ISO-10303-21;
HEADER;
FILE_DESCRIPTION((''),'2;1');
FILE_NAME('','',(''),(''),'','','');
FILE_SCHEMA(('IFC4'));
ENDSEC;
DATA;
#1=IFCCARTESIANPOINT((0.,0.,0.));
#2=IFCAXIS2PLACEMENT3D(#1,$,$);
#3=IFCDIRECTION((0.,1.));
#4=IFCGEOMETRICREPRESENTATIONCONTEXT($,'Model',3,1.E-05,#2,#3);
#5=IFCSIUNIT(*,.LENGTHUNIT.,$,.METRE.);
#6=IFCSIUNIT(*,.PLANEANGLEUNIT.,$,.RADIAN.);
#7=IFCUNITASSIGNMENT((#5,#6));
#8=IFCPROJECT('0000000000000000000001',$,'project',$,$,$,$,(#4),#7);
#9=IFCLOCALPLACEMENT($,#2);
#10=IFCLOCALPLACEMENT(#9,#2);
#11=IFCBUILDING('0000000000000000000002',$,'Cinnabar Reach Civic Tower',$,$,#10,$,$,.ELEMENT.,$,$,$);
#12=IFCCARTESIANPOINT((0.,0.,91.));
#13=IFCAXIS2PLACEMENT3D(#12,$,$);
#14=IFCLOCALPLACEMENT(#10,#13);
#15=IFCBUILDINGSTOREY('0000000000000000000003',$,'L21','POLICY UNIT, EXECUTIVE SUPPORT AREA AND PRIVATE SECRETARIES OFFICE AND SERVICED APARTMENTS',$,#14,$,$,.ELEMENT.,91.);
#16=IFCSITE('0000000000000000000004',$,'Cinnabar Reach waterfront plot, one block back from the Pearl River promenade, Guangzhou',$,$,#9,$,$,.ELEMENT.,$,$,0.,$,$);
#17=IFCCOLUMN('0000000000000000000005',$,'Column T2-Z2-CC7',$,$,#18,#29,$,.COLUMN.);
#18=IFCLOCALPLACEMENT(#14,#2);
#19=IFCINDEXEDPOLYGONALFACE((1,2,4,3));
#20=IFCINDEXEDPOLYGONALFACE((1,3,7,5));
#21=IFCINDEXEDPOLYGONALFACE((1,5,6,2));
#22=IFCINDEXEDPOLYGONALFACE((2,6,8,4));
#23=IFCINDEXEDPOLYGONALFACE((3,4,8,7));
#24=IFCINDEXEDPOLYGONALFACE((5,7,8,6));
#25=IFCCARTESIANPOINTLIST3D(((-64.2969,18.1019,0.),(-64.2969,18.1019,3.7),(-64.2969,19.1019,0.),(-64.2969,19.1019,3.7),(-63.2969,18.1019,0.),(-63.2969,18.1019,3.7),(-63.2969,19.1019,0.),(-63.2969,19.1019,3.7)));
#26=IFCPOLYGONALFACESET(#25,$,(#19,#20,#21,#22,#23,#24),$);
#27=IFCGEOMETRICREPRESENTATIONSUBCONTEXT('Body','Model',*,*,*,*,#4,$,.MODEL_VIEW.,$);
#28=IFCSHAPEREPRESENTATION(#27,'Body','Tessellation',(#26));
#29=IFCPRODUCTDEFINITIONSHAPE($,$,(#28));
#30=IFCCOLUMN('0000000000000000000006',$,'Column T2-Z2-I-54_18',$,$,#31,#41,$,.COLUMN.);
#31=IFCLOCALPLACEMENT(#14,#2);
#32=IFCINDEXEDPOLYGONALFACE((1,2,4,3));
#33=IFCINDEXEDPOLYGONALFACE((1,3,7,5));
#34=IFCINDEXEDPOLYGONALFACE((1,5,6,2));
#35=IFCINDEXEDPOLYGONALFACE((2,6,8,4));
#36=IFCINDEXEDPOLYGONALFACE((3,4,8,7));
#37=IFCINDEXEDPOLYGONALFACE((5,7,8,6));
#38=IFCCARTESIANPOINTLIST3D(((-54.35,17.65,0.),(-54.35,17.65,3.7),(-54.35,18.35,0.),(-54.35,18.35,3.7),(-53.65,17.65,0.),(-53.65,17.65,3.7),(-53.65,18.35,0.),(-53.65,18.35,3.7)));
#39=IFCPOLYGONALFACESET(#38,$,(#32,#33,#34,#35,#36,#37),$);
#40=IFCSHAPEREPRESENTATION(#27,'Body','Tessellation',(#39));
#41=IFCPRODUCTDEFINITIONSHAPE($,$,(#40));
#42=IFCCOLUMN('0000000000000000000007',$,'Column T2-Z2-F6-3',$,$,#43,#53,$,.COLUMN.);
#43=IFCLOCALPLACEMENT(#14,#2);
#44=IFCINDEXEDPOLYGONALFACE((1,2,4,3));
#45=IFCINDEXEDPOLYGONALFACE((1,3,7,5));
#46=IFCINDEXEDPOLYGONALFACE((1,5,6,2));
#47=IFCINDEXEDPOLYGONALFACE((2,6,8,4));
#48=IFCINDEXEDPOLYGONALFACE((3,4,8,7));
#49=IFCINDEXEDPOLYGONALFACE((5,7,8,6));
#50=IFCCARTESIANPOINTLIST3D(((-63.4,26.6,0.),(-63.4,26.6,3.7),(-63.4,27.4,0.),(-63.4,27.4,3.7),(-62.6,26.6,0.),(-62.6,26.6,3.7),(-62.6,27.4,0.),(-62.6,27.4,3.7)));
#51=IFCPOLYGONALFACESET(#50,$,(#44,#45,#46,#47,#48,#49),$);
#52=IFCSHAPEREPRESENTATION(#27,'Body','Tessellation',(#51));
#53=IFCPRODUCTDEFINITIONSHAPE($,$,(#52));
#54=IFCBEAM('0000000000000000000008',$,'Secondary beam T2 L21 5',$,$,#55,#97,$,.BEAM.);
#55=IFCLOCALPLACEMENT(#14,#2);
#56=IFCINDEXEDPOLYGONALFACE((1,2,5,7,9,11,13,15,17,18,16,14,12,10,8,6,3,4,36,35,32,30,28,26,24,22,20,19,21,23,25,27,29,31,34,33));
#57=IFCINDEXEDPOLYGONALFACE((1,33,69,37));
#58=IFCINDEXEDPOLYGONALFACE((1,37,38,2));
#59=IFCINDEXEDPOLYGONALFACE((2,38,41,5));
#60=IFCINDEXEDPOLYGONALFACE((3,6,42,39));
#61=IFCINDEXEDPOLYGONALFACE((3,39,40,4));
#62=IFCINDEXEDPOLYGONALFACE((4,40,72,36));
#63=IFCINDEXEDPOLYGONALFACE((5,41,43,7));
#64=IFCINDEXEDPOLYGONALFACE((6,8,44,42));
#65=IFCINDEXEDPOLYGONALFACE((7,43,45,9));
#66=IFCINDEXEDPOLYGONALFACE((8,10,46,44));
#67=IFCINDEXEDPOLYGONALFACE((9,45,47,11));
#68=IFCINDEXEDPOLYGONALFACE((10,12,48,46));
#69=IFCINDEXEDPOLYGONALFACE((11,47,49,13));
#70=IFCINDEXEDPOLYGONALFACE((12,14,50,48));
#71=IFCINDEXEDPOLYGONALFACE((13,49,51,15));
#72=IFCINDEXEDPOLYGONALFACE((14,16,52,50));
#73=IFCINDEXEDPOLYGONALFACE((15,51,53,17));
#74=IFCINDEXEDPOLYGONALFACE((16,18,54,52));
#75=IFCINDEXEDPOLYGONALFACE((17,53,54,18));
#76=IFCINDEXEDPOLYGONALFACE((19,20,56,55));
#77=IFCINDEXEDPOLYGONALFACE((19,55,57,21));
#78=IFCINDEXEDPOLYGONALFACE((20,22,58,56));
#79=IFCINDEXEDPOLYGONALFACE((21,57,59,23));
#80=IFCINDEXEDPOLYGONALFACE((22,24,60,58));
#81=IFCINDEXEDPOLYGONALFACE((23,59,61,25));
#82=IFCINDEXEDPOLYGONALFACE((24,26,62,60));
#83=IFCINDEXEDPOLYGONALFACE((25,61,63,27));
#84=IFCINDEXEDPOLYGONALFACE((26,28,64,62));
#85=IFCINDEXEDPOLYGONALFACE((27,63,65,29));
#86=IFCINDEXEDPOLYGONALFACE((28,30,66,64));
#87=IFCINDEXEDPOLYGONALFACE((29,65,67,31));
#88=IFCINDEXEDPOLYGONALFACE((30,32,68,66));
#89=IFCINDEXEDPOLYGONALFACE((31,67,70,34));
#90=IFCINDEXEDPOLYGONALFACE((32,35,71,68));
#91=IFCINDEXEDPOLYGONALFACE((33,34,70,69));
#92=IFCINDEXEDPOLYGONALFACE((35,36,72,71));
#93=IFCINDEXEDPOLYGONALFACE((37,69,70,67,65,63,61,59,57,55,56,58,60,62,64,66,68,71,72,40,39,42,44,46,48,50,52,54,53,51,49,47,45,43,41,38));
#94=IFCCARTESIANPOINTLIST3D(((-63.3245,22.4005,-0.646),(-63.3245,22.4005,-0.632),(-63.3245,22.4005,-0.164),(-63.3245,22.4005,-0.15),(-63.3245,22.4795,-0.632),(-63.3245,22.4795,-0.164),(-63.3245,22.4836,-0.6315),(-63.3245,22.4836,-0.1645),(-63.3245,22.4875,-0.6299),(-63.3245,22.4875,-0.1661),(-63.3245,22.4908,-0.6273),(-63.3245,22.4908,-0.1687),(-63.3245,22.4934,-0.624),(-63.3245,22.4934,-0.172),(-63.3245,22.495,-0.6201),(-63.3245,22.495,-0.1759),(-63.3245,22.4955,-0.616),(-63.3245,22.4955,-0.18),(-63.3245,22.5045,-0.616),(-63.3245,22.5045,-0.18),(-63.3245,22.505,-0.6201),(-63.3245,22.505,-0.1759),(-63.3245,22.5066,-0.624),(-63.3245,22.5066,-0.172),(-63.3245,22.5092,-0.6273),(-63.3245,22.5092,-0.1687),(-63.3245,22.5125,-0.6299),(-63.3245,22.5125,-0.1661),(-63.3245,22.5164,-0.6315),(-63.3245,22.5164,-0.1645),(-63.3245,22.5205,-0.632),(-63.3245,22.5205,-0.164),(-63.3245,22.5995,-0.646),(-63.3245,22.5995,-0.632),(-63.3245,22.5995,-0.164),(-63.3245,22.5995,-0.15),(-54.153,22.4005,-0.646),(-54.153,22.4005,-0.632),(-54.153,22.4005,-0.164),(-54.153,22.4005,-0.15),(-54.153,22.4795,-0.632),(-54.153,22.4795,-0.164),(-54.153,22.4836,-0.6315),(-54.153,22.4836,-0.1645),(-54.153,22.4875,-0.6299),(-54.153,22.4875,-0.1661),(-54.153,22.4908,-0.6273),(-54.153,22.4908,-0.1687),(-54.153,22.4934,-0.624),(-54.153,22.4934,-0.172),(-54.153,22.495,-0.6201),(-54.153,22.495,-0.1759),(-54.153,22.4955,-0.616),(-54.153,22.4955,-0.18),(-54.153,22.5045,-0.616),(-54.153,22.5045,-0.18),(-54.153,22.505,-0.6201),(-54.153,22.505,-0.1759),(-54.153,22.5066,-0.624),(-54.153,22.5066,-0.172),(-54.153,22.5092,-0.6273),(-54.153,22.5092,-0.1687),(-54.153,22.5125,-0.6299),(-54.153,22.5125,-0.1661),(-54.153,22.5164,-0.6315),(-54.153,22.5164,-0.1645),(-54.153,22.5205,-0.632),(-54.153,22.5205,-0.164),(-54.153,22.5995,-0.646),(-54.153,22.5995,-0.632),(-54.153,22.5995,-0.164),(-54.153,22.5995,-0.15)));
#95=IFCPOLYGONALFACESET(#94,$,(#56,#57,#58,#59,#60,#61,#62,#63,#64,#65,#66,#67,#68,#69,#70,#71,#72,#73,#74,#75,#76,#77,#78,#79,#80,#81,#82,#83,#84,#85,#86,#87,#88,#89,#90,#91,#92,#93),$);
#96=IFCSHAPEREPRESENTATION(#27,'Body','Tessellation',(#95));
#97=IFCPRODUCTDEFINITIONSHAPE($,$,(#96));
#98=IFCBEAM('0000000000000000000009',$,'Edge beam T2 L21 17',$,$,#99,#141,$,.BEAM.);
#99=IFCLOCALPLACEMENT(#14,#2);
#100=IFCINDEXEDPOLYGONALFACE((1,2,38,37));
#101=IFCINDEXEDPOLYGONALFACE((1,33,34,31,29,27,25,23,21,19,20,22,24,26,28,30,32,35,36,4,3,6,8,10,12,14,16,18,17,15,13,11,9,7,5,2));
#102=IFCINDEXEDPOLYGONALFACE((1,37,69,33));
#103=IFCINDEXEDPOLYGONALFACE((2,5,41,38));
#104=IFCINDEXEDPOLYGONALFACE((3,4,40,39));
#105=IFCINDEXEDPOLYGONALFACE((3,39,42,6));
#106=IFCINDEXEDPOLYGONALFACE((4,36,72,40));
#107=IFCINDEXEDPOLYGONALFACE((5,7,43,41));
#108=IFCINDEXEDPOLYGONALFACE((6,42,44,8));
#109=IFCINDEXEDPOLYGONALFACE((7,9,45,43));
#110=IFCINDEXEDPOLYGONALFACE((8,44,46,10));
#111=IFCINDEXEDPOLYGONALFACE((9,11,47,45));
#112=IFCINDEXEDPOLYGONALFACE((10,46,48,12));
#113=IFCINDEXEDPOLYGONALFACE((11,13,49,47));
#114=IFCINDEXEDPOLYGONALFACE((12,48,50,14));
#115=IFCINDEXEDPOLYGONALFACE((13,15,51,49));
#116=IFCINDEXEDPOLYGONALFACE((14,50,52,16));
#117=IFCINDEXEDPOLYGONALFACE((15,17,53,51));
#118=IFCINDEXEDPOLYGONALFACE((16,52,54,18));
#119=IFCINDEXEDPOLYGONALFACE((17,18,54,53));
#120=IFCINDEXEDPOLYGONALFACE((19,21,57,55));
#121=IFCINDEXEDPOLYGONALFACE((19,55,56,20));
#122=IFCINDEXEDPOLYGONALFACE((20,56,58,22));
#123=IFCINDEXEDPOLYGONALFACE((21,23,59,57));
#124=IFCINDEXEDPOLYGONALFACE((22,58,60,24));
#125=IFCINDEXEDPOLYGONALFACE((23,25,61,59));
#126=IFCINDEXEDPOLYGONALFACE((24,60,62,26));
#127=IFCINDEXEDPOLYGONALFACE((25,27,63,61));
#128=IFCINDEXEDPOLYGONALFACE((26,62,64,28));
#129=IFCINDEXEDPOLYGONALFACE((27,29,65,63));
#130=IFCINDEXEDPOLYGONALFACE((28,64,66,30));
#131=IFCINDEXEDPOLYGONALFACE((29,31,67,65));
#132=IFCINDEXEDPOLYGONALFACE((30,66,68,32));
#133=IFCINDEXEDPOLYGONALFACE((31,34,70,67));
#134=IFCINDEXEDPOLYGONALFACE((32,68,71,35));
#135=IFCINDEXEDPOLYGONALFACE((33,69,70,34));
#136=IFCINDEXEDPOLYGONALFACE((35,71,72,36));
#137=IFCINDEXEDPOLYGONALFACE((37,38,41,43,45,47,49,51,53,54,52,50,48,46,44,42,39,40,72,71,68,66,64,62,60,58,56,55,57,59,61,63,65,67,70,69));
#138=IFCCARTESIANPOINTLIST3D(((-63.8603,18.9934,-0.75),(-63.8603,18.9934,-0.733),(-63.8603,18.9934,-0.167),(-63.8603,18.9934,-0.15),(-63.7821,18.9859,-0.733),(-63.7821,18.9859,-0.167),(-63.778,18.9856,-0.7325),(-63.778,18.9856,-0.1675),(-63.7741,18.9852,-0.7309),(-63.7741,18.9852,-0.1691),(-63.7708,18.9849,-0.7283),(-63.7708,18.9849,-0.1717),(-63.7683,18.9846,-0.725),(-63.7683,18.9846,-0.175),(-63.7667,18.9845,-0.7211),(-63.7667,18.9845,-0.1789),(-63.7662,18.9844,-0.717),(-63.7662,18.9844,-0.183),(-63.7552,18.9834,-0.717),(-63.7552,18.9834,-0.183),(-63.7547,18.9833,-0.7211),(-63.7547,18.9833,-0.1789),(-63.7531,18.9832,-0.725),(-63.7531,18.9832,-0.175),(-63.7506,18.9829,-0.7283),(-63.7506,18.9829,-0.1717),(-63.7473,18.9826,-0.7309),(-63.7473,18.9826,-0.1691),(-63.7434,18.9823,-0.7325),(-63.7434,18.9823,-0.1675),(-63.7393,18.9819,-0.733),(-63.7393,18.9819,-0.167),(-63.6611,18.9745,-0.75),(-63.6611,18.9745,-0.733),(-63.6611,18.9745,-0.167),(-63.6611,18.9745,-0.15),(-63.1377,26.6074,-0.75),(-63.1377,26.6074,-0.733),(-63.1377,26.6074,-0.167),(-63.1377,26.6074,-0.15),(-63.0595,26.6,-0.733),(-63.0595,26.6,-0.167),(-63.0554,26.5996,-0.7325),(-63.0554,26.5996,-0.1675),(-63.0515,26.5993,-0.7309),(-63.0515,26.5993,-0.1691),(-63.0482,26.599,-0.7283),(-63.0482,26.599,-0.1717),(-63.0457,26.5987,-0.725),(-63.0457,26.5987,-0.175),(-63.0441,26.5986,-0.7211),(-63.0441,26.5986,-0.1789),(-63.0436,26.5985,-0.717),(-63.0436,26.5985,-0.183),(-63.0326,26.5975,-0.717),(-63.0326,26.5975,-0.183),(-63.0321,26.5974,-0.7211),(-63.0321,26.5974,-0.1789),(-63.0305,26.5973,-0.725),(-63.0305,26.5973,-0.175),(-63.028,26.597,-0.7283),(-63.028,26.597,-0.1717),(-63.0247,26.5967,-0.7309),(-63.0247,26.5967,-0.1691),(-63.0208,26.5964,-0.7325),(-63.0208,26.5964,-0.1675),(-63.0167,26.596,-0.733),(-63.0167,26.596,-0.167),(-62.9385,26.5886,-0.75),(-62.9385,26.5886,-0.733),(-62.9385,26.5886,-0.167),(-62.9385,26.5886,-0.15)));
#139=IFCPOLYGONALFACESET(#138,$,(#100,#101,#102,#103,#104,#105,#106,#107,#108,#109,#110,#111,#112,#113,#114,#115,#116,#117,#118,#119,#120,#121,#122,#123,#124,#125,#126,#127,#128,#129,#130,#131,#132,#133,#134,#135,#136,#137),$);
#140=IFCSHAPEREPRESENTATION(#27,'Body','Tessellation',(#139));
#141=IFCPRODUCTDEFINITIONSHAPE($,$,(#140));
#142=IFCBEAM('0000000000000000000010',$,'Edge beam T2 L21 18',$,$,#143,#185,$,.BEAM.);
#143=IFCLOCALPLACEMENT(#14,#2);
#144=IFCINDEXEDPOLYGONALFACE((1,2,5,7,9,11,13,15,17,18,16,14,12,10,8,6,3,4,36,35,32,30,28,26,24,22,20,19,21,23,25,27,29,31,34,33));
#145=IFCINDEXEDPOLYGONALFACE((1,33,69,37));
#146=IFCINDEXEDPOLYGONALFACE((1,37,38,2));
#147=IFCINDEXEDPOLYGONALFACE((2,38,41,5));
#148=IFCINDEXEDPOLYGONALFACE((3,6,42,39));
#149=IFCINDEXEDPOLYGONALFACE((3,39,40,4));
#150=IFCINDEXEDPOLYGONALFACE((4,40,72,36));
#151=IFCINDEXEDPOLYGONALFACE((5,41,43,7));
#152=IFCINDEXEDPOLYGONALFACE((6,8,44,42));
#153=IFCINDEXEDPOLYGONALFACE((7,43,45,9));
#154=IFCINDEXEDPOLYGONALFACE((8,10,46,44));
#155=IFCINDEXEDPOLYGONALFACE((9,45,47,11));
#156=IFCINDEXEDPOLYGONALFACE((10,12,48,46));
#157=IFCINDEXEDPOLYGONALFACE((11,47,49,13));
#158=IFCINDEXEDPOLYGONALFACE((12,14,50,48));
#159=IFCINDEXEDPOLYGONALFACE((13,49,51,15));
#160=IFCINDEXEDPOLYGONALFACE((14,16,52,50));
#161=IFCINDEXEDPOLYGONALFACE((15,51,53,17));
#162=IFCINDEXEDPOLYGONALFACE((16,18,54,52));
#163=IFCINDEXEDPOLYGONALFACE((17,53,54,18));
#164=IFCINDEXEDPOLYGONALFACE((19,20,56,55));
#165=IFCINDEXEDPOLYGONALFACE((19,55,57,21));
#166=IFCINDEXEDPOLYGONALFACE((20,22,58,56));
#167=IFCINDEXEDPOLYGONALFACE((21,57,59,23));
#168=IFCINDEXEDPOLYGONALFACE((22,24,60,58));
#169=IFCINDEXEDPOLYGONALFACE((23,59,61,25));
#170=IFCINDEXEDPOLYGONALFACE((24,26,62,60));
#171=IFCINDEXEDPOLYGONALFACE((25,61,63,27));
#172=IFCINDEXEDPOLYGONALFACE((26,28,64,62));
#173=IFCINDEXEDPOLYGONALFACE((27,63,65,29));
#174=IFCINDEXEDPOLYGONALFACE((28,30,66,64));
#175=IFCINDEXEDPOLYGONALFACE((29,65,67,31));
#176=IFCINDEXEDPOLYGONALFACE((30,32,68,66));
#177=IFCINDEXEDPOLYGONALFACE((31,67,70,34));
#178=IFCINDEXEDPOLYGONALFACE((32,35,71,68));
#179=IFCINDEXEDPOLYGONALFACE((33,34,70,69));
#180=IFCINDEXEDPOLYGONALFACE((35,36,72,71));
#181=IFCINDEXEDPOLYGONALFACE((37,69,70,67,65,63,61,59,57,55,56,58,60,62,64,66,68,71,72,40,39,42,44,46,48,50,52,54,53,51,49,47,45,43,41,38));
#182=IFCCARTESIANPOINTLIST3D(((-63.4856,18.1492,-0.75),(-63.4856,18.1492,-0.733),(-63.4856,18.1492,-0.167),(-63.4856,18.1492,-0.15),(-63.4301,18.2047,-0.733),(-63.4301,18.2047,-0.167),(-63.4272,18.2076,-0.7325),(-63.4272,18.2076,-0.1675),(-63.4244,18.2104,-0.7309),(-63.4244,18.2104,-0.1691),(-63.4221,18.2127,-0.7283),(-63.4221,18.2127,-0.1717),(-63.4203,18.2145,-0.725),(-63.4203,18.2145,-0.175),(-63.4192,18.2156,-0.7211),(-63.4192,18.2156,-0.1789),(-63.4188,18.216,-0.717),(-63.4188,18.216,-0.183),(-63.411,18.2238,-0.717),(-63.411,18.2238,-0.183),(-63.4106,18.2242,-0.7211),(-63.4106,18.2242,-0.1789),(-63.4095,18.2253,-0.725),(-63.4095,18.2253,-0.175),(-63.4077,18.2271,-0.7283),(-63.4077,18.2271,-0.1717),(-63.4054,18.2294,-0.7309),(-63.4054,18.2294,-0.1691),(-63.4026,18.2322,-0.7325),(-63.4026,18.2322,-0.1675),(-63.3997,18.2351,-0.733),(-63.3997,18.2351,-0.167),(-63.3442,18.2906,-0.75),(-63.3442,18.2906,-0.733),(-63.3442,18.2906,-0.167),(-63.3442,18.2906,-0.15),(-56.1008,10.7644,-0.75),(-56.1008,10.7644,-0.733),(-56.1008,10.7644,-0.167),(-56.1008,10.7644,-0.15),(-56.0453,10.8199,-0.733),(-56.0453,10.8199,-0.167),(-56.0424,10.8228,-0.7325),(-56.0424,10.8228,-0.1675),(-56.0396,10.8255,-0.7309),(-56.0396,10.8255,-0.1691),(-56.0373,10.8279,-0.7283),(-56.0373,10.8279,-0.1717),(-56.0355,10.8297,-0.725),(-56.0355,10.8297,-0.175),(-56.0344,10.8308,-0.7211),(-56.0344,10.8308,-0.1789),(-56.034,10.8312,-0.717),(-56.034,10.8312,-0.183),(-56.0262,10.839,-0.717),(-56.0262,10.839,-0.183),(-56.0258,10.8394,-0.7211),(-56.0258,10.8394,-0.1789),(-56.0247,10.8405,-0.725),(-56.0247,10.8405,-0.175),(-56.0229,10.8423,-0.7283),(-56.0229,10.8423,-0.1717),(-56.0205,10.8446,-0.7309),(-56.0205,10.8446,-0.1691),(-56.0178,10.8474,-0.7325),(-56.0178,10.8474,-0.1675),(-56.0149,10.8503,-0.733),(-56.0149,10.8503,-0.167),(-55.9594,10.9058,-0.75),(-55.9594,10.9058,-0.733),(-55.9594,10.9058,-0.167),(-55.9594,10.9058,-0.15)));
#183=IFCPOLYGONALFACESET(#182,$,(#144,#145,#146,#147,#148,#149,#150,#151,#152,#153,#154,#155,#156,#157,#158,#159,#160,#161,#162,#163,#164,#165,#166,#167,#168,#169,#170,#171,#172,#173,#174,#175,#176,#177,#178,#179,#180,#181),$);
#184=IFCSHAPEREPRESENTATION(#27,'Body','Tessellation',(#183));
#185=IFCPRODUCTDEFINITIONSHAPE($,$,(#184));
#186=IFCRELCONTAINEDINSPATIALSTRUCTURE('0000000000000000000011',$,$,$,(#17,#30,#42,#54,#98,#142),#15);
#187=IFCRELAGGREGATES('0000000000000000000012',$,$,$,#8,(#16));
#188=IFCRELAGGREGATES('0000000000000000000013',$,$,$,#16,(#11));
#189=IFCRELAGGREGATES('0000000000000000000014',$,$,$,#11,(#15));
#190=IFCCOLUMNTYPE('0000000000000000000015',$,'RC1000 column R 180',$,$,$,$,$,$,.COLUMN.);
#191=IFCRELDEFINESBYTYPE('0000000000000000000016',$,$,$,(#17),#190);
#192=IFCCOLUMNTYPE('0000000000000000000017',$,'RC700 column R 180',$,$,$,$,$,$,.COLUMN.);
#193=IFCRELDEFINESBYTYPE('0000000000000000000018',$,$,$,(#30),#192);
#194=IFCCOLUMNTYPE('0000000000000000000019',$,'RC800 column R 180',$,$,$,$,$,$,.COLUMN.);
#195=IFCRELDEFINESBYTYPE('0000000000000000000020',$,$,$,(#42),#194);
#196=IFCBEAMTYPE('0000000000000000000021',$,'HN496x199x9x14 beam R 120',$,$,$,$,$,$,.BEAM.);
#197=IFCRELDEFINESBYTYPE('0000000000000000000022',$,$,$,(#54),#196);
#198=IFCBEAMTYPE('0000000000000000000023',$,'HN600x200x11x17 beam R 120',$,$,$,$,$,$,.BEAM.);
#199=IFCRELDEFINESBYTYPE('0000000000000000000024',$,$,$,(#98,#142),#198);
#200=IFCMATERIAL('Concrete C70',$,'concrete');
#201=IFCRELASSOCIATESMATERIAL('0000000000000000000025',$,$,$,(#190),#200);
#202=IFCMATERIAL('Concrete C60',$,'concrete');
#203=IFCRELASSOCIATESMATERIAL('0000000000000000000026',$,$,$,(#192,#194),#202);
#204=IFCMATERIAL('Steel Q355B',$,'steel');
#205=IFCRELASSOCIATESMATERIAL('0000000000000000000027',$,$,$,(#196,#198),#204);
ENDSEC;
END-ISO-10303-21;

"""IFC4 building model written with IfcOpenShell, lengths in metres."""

from ifc_helpers import new_model, si_unit, direction, frame, origin, origin_2d, place, context, subcontext, project, spatial, rectangle, i_section, extrude, material, material_profile, profile_set, type_object, element, save


model = new_model("IFC4")

# Units and contexts
model_context = context("Model", 3, precision=1e-05, world=origin(), true_north=direction((0.0, 1.0)))
body_context = subcontext(model_context, "Body", "Model", "MODEL_VIEW")
ifc_project = project(units=[si_unit("LENGTHUNIT", "METRE"), si_unit("PLANEANGLEUNIT", "RADIAN")], contexts=[model_context])

# Site, building, storey
site_placement = place(None, origin())
site = spatial("IfcSite", under=ifc_project, at=site_placement, Name="Cinnabar Reach waterfront plot, one block back from the Pearl River promenade, Guangzhou", CompositionType="ELEMENT", RefElevation=0.0)
building_placement = place(site_placement, origin())
building = spatial("IfcBuilding", under=site, at=building_placement, Name="Cinnabar Reach Civic Tower", CompositionType="ELEMENT")
storey_placement = place(building_placement, frame((0.0, 0.0, 91.0)))
storey = spatial("IfcBuildingStorey", under=building, at=storey_placement, Name="L21", Description="POLICY UNIT, EXECUTIVE SUPPORT AREA AND PRIVATE SECRETARIES OFFICE AND SERVICED APARTMENTS", CompositionType="ELEMENT", Elevation=91.0)

# Columns
ifc_material_1 = material(Name="Concrete C70", Category="concrete")
ifc_material_profile_1 = material_profile(ifc_material_1, rectangle(XDim=1.0, YDim=1.0, at=origin_2d()), Name="RC1000")
ifc_profile_set_1 = profile_set([ifc_material_profile_1], Name="Concrete C70")
column_type_1 = type_object("IfcColumnType", Name="RC1000 column R 180", PredefinedType="COLUMN", material=ifc_profile_set_1)
column_1_placement = place(storey_placement, frame((-63.7969, 18.6019, 0.0), z_axis=(0.0, 0.0, 1.0), x_axis=(1.0, 0.0, 0.0)))
element("IfcColumn", 1, at=column_1_placement, inside=storey, type_object=column_type_1, Name="Column T2-Z2-CC7", PredefinedType="COLUMN", context=body_context, shape_type="SweptSolid", body=[
    extrude(rectangle(XDim=1.0, YDim=1.0, at=origin_2d()), origin(), (0.0, 0.0, 1.0), 3.7),
])
ifc_material_2 = material(Name="Concrete C60", Category="concrete")
ifc_material_profile_2 = material_profile(ifc_material_2, rectangle(XDim=0.7, YDim=0.7, at=origin_2d()), Name="RC700")
ifc_profile_set_2 = profile_set([ifc_material_profile_2], Name="Concrete C60")
column_type_2 = type_object("IfcColumnType", Name="RC700 column R 180", PredefinedType="COLUMN", material=ifc_profile_set_2)
column_2_placement = place(storey_placement, frame((-54.0, 18.0, 0.0), z_axis=(0.0, 0.0, 1.0), x_axis=(1.0, 0.0, 0.0)))
element("IfcColumn", 2, at=column_2_placement, inside=storey, type_object=column_type_2, Name="Column T2-Z2-I-54_18", PredefinedType="COLUMN", context=body_context, shape_type="SweptSolid", body=[
    extrude(rectangle(XDim=0.7, YDim=0.7, at=origin_2d()), origin(), (0.0, 0.0, 1.0), 3.7),
])
ifc_material_profile_3 = material_profile(ifc_material_2, rectangle(XDim=0.8, YDim=0.8, at=origin_2d()), Name="RC800")
ifc_profile_set_3 = profile_set([ifc_material_profile_3], Name="Concrete C60")
column_type_3 = type_object("IfcColumnType", Name="RC800 column R 180", PredefinedType="COLUMN", material=ifc_profile_set_3)
column_3_placement = place(storey_placement, frame((-63.0, 27.0, 0.0), z_axis=(0.0, 0.0, 1.0), x_axis=(1.0, 0.0, 0.0)))
element("IfcColumn", 3, at=column_3_placement, inside=storey, type_object=column_type_3, Name="Column T2-Z2-F6-3", PredefinedType="COLUMN", context=body_context, shape_type="SweptSolid", body=[
    extrude(rectangle(XDim=0.8, YDim=0.8, at=origin_2d()), origin(), (0.0, 0.0, 1.0), 3.7),
])

# Beams
ifc_material_3 = material(Name="Steel Q355B", Category="steel")
ifc_material_profile_4 = material_profile(ifc_material_3, i_section(OverallWidth=0.199, OverallDepth=0.496, WebThickness=0.009, FlangeThickness=0.014, FilletRadius=0.016, at=origin_2d()), Name="HN496x199x9x14")
ifc_profile_set_4 = profile_set([ifc_material_profile_4], Name="Steel Q355B")
beam_type_1 = type_object("IfcBeamType", Name="HN496x199x9x14 beam R 120", PredefinedType="BEAM", material=ifc_profile_set_4)
beam_1_placement = place(storey_placement, frame((-63.3245, 22.5, -0.398), z_axis=(1.0, 0.0, 0.0), x_axis=(0.0, 1.0, 0.0)))
element("IfcBeam", 4, at=beam_1_placement, inside=storey, type_object=beam_type_1, Name="Secondary beam T2 L21 5", PredefinedType="BEAM", context=body_context, shape_type="SweptSolid", body=[
    extrude(i_section(OverallWidth=0.199, OverallDepth=0.496, WebThickness=0.009, FlangeThickness=0.014, FilletRadius=0.016, at=origin_2d()), origin(), (0.0, 0.0, 1.0), 9.1715),
])
ifc_material_profile_5 = material_profile(ifc_material_3, i_section(OverallWidth=0.2, OverallDepth=0.6, WebThickness=0.011, FlangeThickness=0.017, FilletRadius=0.016, at=origin_2d()), Name="HN600x200x11x17")
ifc_profile_set_5 = profile_set([ifc_material_profile_5], Name="Steel Q355B")
beam_type_2 = type_object("IfcBeamType", Name="HN600x200x11x17 beam R 120", PredefinedType="BEAM", material=ifc_profile_set_5)
beam_2_placement = place(storey_placement, frame((-63.0381, 26.598, -0.45), z_axis=(-0.094478, -0.995527, 0.0), x_axis=(0.995527, -0.094478, 0.0)))
element("IfcBeam", 5, at=beam_2_placement, inside=storey, type_object=beam_type_2, Name="Edge beam T2 L21 17", PredefinedType="BEAM", context=body_context, shape_type="SweptSolid", body=[
    extrude(i_section(OverallWidth=0.2, OverallDepth=0.6, WebThickness=0.011, FlangeThickness=0.017, FilletRadius=0.016, at=origin_2d()), origin(), (0.0, 0.0, 1.0), 7.6483),
])
beam_3_placement = place(storey_placement, frame((-63.4149, 18.2199, -0.45), z_axis=(0.707107, -0.707107, 0.0), x_axis=(0.707107, 0.707107, 0.0)))
element("IfcBeam", 6, at=beam_3_placement, inside=storey, type_object=beam_type_2, Name="Edge beam T2 L21 18", PredefinedType="BEAM", context=body_context, shape_type="SweptSolid", body=[
    extrude(i_section(OverallWidth=0.2, OverallDepth=0.6, WebThickness=0.011, FlangeThickness=0.017, FilletRadius=0.016, at=origin_2d()), origin(), (0.0, 0.0, 1.0), 10.4437),
])

save(model, "model.ifc")
